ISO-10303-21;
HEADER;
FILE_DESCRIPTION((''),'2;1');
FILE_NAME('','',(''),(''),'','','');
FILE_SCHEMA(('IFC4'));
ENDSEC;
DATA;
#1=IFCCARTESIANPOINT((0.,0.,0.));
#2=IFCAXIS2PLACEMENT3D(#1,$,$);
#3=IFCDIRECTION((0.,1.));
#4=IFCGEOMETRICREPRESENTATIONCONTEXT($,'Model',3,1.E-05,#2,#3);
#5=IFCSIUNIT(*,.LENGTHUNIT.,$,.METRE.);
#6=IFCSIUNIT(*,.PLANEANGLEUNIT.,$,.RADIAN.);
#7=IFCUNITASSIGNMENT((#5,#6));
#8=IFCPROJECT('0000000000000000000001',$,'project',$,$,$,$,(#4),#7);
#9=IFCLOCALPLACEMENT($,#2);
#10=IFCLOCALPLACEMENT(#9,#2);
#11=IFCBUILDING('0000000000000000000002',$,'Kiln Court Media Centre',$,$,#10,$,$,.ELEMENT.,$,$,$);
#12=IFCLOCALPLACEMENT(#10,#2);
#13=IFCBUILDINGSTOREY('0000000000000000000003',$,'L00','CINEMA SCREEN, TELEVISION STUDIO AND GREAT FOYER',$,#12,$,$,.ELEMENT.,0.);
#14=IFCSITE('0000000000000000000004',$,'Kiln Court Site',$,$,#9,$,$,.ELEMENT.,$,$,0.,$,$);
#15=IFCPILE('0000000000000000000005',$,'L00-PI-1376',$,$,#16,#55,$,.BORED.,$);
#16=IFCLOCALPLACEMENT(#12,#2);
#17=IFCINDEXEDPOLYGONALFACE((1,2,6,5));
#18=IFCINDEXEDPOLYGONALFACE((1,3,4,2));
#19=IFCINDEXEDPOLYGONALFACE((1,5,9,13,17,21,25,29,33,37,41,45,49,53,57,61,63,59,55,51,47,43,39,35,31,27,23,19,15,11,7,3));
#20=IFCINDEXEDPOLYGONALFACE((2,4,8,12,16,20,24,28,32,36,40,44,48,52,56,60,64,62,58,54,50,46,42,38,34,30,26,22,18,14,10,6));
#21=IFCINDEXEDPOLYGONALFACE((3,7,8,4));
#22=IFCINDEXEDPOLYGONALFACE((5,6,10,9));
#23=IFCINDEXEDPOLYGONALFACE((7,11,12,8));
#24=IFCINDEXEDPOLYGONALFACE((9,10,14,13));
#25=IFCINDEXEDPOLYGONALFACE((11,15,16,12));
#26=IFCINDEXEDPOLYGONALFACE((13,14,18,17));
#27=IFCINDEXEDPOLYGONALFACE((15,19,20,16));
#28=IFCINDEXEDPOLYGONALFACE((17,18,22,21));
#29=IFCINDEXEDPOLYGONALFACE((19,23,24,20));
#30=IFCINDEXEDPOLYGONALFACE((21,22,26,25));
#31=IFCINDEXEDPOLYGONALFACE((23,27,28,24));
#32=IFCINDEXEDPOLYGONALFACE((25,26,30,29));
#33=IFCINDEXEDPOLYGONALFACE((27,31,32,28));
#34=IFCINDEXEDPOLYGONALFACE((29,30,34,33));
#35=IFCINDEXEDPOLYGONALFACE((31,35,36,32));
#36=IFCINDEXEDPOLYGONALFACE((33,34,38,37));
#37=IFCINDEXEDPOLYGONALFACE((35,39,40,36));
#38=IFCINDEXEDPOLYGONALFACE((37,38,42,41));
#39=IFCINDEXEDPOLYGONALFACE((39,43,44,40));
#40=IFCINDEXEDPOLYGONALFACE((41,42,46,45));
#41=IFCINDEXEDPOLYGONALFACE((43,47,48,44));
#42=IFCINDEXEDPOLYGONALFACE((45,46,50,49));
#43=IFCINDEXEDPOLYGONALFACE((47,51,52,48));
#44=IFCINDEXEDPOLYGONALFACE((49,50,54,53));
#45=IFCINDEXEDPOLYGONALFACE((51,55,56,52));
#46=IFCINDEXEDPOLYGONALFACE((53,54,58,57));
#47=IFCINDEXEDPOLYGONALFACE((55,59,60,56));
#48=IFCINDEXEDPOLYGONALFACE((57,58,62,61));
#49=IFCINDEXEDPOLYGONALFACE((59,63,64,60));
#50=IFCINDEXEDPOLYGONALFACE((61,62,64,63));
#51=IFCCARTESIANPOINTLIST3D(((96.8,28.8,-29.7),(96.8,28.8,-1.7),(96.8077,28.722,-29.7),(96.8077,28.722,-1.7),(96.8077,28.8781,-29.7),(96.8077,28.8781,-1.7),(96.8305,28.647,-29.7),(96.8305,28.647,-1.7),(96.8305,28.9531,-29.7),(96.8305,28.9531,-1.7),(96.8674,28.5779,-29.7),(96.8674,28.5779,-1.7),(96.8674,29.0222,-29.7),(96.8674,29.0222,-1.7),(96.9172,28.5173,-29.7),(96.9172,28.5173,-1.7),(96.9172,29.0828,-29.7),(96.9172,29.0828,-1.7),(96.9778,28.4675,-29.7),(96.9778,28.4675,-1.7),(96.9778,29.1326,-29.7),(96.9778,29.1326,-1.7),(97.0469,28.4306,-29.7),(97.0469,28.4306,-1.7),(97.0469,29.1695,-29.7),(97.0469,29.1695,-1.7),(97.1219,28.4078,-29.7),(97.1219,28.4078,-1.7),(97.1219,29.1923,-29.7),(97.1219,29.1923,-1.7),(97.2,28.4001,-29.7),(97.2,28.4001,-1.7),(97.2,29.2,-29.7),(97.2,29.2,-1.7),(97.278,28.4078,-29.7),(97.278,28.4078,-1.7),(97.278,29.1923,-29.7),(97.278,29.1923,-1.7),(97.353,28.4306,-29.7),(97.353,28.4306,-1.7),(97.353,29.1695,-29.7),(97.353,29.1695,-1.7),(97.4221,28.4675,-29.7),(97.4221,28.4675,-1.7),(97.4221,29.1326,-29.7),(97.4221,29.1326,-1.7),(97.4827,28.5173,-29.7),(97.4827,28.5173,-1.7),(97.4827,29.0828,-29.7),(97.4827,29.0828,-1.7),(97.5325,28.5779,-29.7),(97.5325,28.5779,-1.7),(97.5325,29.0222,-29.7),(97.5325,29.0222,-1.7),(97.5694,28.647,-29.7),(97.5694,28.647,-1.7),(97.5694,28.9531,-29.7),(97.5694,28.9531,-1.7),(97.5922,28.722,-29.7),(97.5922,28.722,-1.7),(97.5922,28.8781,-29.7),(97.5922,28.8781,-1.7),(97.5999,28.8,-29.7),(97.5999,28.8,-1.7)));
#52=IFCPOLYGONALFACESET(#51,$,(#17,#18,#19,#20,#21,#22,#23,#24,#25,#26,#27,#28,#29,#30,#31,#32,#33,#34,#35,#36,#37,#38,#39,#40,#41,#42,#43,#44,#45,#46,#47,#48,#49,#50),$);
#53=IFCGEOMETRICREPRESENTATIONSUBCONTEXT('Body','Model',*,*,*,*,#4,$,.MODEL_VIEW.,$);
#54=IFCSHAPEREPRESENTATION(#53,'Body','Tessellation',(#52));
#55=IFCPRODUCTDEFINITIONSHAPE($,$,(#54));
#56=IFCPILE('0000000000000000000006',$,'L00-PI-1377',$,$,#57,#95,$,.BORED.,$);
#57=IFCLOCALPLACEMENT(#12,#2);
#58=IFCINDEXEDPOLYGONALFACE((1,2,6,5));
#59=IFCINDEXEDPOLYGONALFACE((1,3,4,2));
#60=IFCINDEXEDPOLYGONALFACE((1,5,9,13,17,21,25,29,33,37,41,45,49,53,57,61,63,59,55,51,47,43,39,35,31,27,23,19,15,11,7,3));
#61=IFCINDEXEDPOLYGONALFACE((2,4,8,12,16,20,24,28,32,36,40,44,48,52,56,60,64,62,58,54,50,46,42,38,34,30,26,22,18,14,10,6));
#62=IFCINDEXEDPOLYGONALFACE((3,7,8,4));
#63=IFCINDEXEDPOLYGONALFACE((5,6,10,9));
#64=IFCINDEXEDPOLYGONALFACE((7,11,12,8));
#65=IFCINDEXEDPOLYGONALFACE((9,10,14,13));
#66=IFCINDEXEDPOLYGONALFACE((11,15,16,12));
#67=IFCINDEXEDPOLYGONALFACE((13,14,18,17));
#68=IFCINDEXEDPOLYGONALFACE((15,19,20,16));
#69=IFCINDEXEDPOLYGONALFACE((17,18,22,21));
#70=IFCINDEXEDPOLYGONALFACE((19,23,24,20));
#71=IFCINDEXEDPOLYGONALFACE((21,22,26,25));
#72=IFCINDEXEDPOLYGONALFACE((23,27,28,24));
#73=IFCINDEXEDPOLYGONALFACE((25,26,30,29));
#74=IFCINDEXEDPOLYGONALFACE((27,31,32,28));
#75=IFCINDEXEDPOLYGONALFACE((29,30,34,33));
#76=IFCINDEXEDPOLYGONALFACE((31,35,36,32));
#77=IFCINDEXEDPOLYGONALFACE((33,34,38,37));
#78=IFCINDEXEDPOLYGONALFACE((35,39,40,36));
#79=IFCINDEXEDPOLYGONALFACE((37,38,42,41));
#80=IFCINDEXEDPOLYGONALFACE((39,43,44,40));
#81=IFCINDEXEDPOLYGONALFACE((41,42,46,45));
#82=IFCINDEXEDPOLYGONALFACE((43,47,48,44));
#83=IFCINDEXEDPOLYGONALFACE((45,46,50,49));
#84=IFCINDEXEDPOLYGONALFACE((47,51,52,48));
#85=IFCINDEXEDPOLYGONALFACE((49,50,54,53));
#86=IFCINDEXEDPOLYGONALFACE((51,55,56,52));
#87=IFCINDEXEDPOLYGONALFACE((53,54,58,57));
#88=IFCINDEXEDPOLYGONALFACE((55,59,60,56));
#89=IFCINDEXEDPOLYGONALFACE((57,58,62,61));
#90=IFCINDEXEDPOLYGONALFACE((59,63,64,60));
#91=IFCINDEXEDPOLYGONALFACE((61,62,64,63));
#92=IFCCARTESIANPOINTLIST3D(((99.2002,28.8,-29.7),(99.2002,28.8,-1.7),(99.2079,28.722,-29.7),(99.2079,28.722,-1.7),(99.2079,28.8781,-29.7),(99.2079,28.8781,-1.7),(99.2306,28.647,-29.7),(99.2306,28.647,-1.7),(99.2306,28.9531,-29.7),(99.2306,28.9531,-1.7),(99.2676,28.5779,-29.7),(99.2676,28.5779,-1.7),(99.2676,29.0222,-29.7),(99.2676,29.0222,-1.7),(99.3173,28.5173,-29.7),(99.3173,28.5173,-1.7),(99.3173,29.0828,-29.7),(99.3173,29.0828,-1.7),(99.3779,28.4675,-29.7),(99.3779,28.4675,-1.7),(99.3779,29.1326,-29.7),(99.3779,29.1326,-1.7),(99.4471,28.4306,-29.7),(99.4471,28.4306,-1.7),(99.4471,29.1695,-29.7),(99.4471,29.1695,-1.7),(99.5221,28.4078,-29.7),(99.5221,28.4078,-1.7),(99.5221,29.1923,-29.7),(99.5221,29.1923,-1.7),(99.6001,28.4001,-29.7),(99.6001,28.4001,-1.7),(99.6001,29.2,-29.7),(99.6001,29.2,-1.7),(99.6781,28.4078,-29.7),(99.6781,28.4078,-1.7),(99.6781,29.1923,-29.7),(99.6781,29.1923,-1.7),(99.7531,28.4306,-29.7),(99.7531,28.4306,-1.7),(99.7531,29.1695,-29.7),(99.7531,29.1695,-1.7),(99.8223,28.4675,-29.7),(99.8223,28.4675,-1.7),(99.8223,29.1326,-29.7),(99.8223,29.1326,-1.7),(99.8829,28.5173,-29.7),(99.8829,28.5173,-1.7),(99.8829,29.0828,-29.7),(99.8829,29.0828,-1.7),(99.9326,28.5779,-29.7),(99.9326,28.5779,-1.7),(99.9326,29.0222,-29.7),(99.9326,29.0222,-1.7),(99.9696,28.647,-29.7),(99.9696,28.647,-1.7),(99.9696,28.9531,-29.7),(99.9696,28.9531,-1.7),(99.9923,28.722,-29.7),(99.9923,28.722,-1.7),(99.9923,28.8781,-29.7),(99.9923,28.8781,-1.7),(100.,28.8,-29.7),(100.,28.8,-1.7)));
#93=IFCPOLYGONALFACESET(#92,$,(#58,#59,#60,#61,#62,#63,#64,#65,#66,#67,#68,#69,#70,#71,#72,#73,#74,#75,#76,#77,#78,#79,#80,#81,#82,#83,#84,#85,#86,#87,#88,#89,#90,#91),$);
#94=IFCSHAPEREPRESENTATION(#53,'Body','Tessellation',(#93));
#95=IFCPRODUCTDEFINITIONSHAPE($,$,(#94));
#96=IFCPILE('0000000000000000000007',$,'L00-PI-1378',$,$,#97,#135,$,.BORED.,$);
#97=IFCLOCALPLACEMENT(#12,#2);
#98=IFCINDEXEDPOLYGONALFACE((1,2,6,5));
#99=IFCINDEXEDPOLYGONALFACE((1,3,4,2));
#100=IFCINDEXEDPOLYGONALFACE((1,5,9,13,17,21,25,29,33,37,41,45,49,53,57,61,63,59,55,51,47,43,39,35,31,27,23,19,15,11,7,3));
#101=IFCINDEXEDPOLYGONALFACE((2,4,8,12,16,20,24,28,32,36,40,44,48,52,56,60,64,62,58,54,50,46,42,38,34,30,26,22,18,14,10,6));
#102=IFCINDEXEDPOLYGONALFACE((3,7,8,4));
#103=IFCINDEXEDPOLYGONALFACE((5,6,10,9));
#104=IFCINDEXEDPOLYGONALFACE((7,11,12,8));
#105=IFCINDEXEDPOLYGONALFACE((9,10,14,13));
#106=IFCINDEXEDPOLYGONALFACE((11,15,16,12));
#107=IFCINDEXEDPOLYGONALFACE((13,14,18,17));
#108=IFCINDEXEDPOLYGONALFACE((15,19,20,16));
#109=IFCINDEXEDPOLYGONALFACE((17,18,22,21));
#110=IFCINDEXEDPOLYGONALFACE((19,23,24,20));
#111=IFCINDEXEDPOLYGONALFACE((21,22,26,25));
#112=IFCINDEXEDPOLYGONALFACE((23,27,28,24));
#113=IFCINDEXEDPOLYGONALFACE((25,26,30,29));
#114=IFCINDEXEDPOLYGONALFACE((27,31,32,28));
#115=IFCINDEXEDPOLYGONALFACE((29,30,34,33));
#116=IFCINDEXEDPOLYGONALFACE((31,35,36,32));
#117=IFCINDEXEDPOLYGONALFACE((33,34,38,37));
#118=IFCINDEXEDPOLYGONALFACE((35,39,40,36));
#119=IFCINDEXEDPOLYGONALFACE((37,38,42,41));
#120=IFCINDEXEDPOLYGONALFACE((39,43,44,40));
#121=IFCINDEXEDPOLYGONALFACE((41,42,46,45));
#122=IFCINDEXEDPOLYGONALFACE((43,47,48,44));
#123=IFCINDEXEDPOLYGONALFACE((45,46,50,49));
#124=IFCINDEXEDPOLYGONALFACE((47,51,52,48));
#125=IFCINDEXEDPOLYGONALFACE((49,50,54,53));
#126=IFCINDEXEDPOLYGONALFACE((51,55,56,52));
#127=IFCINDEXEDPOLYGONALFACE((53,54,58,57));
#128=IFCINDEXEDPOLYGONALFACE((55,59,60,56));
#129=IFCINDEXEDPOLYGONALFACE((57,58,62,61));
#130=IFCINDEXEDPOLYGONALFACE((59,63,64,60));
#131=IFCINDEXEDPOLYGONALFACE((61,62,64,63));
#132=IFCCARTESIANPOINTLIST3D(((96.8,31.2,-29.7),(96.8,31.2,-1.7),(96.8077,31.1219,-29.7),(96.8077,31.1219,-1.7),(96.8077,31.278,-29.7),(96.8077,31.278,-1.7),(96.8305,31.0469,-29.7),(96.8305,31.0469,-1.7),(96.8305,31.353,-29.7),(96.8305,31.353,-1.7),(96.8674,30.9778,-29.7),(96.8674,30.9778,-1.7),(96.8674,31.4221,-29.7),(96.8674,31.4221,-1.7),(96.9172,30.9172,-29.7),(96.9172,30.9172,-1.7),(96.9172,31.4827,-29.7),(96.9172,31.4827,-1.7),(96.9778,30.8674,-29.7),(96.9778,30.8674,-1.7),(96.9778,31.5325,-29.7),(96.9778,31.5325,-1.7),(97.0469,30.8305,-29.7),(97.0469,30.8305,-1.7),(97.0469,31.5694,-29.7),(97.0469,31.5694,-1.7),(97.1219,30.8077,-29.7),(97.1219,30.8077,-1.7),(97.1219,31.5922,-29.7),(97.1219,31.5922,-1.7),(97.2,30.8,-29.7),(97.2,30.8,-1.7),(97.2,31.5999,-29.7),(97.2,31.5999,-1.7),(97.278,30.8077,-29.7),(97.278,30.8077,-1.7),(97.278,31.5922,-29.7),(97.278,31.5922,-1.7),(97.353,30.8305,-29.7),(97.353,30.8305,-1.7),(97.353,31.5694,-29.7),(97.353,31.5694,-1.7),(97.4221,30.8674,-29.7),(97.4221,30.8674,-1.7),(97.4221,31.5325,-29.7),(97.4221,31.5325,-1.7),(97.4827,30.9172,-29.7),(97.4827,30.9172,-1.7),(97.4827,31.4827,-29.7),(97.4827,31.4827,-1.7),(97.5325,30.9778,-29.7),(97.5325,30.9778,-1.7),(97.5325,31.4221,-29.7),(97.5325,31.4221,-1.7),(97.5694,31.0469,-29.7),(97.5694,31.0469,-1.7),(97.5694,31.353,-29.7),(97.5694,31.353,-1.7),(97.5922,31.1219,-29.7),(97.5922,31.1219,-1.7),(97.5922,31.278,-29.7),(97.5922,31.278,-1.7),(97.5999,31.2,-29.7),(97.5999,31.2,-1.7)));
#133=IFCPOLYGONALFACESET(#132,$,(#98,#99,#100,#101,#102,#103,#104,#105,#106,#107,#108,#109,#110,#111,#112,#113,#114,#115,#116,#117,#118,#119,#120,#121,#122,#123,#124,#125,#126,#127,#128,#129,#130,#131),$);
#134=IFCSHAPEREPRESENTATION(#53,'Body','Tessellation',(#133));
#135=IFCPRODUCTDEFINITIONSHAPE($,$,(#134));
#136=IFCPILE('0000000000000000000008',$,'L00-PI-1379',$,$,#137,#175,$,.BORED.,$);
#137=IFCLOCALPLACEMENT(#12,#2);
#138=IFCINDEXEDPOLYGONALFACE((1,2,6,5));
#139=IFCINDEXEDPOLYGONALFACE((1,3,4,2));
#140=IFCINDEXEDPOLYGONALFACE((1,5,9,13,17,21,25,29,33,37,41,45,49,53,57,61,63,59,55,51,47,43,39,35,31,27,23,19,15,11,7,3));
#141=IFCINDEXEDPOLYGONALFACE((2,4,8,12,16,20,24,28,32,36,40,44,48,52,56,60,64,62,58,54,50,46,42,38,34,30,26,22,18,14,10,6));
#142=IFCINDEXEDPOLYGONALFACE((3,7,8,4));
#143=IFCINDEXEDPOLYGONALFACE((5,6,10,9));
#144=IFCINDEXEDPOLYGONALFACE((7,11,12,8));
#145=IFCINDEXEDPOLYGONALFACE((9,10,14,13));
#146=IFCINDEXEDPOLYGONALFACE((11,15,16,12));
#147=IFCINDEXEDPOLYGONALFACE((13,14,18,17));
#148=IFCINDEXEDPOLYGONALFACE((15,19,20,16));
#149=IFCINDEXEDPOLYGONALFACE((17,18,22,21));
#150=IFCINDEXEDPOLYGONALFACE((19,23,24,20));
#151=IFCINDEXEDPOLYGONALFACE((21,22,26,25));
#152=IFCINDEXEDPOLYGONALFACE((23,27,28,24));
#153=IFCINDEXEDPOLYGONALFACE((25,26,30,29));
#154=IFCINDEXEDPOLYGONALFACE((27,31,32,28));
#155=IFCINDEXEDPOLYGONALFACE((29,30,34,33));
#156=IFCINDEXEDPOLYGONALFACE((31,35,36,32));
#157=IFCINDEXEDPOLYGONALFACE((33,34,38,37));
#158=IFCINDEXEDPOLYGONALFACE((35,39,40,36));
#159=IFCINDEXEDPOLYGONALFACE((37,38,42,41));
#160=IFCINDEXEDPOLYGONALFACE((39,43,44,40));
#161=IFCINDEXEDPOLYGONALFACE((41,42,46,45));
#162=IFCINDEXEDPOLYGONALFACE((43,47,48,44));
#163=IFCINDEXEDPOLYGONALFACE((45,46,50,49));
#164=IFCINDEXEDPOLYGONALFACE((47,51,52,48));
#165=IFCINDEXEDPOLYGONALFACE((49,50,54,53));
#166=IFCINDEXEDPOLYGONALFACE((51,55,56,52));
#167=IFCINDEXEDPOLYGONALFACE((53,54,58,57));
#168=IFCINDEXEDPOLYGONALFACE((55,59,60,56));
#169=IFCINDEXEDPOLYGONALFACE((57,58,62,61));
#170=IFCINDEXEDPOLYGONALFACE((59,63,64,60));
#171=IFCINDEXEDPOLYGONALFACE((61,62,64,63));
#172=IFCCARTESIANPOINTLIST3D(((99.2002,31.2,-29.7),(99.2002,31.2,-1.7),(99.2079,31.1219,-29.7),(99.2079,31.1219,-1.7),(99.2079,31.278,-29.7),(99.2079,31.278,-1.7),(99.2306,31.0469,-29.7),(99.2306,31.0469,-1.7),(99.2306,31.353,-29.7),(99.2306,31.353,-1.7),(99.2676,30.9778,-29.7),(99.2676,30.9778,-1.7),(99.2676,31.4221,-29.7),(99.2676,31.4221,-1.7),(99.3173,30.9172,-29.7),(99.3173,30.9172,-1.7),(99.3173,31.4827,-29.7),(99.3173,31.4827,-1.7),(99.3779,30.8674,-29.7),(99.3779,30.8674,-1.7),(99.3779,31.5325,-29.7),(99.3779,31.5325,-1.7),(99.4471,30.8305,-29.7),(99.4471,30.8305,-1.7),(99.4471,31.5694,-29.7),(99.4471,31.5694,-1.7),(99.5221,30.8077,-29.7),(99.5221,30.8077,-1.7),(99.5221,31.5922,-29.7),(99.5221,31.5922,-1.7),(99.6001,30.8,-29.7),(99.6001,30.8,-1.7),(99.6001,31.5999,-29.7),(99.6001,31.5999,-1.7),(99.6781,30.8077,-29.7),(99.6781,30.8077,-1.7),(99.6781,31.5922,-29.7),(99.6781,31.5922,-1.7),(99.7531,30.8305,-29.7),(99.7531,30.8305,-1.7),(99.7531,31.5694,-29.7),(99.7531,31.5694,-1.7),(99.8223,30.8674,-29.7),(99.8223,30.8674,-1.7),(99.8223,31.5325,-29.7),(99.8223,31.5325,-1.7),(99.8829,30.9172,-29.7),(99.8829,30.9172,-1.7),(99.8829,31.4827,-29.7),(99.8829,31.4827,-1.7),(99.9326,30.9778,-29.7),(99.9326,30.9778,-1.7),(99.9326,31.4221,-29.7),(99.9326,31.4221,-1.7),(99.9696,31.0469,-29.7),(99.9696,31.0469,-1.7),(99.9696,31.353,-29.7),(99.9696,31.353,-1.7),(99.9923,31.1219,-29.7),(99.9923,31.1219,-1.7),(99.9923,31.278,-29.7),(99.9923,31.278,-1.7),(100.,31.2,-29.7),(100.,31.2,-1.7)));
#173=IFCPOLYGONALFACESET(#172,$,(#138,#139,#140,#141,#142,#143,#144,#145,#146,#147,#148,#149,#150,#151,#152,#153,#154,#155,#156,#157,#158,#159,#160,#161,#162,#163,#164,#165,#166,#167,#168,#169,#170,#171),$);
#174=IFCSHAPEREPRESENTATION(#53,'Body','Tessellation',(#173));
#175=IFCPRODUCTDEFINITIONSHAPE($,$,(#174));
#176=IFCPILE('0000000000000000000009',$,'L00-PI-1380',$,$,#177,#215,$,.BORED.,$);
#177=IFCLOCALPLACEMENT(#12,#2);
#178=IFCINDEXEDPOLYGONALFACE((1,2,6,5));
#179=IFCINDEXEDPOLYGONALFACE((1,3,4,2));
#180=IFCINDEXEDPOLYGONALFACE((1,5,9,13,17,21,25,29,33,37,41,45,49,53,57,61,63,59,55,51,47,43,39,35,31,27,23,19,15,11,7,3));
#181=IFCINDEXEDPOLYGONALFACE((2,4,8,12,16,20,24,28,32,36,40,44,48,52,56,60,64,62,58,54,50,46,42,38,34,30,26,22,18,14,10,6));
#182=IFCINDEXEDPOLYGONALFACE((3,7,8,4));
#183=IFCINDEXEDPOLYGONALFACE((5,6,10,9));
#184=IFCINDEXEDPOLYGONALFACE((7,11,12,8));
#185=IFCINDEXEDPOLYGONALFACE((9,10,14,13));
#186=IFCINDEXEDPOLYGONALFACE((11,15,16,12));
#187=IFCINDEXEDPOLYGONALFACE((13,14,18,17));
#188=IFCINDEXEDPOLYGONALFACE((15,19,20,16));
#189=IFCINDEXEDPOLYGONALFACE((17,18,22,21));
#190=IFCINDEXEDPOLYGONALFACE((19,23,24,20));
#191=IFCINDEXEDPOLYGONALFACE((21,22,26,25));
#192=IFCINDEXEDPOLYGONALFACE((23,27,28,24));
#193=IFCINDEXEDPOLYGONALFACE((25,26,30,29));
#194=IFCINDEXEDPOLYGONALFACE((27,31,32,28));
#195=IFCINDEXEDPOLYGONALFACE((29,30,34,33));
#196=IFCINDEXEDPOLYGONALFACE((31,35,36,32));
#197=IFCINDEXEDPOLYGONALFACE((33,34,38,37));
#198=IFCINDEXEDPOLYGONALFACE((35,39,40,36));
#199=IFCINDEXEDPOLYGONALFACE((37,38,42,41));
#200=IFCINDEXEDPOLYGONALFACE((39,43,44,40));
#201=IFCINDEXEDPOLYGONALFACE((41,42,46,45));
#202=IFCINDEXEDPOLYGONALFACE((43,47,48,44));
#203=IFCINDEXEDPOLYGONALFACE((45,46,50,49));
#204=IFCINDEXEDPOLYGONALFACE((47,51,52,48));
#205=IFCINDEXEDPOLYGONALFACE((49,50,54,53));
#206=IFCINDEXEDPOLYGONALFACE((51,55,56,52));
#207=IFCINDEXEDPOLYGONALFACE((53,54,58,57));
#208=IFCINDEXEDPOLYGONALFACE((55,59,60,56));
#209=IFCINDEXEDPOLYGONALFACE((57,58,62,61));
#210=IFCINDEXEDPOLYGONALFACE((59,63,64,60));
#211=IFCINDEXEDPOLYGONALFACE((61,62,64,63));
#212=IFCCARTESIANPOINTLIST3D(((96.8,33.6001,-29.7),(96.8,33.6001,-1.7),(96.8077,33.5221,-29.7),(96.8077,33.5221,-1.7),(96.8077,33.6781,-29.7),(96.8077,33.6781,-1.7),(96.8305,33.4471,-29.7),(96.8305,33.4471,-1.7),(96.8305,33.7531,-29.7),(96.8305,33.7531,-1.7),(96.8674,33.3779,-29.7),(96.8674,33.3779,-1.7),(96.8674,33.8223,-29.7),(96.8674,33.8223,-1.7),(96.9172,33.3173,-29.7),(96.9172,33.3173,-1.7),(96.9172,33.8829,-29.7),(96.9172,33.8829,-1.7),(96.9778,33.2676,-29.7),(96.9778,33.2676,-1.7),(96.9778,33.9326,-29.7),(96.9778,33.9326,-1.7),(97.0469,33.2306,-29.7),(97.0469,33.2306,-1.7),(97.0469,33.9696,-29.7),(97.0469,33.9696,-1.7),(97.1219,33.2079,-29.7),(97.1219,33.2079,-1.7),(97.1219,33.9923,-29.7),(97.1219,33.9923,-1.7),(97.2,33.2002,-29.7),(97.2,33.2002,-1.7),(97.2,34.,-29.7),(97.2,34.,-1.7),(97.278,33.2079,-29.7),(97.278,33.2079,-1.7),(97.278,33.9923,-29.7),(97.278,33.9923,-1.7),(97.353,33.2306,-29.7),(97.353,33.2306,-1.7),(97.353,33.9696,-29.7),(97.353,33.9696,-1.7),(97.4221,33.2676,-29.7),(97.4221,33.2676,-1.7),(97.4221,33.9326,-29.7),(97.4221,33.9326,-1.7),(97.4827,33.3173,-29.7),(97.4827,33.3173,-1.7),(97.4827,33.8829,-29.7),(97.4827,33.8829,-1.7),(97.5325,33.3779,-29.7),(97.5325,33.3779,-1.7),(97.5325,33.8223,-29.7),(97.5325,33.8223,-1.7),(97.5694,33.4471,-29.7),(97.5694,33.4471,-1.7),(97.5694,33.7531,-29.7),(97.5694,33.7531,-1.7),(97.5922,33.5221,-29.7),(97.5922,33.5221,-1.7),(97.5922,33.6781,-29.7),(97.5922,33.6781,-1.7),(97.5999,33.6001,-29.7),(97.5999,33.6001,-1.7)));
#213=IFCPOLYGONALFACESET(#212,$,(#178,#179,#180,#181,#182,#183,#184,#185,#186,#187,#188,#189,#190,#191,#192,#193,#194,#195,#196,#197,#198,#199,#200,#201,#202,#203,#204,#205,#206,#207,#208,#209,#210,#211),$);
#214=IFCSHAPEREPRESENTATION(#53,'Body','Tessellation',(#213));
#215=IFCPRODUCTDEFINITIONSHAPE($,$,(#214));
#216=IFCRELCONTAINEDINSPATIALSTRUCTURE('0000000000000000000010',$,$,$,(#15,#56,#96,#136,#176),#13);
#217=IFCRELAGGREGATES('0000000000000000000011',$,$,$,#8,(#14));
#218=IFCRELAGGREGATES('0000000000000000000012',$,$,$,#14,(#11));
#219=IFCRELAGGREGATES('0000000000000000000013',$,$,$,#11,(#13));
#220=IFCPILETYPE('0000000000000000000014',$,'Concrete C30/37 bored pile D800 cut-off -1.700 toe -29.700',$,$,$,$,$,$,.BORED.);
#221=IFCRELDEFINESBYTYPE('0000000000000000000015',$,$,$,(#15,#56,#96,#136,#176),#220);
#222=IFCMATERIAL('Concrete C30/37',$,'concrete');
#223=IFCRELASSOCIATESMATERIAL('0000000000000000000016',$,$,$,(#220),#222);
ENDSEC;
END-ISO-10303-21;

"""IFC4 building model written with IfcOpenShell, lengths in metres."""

from ifc_helpers import new_model, si_unit, direction, frame, origin, origin_2d, place, context, subcontext, project, spatial, circle, extrude, material, material_profile, profile_set, type_object, element, save


model = new_model("IFC4")

# Units and contexts
model_context = context("Model", 3, precision=1e-05, world=origin(), true_north=direction((0.0, 1.0)))
body_context = subcontext(model_context, "Body", "Model", "MODEL_VIEW")
ifc_project = project(units=[si_unit("LENGTHUNIT", "METRE"), si_unit("PLANEANGLEUNIT", "RADIAN")], contexts=[model_context])

# Site, building, storey
site_placement = place(None, origin())
site = spatial("IfcSite", under=ifc_project, at=site_placement, Name="Kiln Court Site", CompositionType="ELEMENT", RefElevation=0.0)
building_placement = place(site_placement, origin())
building = spatial("IfcBuilding", under=site, at=building_placement, Name="Kiln Court Media Centre", CompositionType="ELEMENT")
storey_placement = place(building_placement, origin())
storey = spatial("IfcBuildingStorey", under=building, at=storey_placement, Name="L00", Description="CINEMA SCREEN, TELEVISION STUDIO AND GREAT FOYER", CompositionType="ELEMENT", Elevation=0.0)

# Piles
ifc_material_1 = material(Name="Concrete C30/37", Category="concrete")
ifc_material_profile_1 = material_profile(ifc_material_1, circle(Radius=0.3999, at=origin_2d()), Name="PILE D800")
ifc_profile_set_1 = profile_set([ifc_material_profile_1], Name="Concrete C30/37")
pile_type = type_object("IfcPileType", Name="Concrete C30/37 bored pile D800 cut-off -1.700 toe -29.700", PredefinedType="BORED", material=ifc_profile_set_1)
for number, where, z_axis, x_axis, name in (
    (1, (97.2, 28.8, -1.7), (0.0, 0.0, -1.0), (1.0, 0.0, 0.0), "L00-PI-1376"),
    (2, (99.6001, 28.8, -1.7), (0.0, 0.0, -1.0), (1.0, 0.0, 0.0), "L00-PI-1377"),
    (3, (97.2, 31.2, -1.7), (0.0, 0.0, -1.0), (1.0, 0.0, 0.0), "L00-PI-1378"),
    (4, (99.6001, 31.2, -1.7), (0.0, 0.0, -1.0), (1.0, 0.0, 0.0), "L00-PI-1379"),
    (5, (97.2, 33.6001, -1.7), (0.0, 0.0, -1.0), (1.0, 0.0, 0.0), "L00-PI-1380"),
):
    element("IfcPile", number, at=place(storey_placement, frame(where, z_axis=z_axis, x_axis=x_axis)), inside=storey, type_object=pile_type, Name=name, PredefinedType="BORED", context=body_context, shape_type="SweptSolid", body=[
        extrude(circle(Radius=0.3999, at=origin_2d()), origin(), (0.0, 0.0, 1.0), 28.0),
    ])

save(model, "model.ifc")
